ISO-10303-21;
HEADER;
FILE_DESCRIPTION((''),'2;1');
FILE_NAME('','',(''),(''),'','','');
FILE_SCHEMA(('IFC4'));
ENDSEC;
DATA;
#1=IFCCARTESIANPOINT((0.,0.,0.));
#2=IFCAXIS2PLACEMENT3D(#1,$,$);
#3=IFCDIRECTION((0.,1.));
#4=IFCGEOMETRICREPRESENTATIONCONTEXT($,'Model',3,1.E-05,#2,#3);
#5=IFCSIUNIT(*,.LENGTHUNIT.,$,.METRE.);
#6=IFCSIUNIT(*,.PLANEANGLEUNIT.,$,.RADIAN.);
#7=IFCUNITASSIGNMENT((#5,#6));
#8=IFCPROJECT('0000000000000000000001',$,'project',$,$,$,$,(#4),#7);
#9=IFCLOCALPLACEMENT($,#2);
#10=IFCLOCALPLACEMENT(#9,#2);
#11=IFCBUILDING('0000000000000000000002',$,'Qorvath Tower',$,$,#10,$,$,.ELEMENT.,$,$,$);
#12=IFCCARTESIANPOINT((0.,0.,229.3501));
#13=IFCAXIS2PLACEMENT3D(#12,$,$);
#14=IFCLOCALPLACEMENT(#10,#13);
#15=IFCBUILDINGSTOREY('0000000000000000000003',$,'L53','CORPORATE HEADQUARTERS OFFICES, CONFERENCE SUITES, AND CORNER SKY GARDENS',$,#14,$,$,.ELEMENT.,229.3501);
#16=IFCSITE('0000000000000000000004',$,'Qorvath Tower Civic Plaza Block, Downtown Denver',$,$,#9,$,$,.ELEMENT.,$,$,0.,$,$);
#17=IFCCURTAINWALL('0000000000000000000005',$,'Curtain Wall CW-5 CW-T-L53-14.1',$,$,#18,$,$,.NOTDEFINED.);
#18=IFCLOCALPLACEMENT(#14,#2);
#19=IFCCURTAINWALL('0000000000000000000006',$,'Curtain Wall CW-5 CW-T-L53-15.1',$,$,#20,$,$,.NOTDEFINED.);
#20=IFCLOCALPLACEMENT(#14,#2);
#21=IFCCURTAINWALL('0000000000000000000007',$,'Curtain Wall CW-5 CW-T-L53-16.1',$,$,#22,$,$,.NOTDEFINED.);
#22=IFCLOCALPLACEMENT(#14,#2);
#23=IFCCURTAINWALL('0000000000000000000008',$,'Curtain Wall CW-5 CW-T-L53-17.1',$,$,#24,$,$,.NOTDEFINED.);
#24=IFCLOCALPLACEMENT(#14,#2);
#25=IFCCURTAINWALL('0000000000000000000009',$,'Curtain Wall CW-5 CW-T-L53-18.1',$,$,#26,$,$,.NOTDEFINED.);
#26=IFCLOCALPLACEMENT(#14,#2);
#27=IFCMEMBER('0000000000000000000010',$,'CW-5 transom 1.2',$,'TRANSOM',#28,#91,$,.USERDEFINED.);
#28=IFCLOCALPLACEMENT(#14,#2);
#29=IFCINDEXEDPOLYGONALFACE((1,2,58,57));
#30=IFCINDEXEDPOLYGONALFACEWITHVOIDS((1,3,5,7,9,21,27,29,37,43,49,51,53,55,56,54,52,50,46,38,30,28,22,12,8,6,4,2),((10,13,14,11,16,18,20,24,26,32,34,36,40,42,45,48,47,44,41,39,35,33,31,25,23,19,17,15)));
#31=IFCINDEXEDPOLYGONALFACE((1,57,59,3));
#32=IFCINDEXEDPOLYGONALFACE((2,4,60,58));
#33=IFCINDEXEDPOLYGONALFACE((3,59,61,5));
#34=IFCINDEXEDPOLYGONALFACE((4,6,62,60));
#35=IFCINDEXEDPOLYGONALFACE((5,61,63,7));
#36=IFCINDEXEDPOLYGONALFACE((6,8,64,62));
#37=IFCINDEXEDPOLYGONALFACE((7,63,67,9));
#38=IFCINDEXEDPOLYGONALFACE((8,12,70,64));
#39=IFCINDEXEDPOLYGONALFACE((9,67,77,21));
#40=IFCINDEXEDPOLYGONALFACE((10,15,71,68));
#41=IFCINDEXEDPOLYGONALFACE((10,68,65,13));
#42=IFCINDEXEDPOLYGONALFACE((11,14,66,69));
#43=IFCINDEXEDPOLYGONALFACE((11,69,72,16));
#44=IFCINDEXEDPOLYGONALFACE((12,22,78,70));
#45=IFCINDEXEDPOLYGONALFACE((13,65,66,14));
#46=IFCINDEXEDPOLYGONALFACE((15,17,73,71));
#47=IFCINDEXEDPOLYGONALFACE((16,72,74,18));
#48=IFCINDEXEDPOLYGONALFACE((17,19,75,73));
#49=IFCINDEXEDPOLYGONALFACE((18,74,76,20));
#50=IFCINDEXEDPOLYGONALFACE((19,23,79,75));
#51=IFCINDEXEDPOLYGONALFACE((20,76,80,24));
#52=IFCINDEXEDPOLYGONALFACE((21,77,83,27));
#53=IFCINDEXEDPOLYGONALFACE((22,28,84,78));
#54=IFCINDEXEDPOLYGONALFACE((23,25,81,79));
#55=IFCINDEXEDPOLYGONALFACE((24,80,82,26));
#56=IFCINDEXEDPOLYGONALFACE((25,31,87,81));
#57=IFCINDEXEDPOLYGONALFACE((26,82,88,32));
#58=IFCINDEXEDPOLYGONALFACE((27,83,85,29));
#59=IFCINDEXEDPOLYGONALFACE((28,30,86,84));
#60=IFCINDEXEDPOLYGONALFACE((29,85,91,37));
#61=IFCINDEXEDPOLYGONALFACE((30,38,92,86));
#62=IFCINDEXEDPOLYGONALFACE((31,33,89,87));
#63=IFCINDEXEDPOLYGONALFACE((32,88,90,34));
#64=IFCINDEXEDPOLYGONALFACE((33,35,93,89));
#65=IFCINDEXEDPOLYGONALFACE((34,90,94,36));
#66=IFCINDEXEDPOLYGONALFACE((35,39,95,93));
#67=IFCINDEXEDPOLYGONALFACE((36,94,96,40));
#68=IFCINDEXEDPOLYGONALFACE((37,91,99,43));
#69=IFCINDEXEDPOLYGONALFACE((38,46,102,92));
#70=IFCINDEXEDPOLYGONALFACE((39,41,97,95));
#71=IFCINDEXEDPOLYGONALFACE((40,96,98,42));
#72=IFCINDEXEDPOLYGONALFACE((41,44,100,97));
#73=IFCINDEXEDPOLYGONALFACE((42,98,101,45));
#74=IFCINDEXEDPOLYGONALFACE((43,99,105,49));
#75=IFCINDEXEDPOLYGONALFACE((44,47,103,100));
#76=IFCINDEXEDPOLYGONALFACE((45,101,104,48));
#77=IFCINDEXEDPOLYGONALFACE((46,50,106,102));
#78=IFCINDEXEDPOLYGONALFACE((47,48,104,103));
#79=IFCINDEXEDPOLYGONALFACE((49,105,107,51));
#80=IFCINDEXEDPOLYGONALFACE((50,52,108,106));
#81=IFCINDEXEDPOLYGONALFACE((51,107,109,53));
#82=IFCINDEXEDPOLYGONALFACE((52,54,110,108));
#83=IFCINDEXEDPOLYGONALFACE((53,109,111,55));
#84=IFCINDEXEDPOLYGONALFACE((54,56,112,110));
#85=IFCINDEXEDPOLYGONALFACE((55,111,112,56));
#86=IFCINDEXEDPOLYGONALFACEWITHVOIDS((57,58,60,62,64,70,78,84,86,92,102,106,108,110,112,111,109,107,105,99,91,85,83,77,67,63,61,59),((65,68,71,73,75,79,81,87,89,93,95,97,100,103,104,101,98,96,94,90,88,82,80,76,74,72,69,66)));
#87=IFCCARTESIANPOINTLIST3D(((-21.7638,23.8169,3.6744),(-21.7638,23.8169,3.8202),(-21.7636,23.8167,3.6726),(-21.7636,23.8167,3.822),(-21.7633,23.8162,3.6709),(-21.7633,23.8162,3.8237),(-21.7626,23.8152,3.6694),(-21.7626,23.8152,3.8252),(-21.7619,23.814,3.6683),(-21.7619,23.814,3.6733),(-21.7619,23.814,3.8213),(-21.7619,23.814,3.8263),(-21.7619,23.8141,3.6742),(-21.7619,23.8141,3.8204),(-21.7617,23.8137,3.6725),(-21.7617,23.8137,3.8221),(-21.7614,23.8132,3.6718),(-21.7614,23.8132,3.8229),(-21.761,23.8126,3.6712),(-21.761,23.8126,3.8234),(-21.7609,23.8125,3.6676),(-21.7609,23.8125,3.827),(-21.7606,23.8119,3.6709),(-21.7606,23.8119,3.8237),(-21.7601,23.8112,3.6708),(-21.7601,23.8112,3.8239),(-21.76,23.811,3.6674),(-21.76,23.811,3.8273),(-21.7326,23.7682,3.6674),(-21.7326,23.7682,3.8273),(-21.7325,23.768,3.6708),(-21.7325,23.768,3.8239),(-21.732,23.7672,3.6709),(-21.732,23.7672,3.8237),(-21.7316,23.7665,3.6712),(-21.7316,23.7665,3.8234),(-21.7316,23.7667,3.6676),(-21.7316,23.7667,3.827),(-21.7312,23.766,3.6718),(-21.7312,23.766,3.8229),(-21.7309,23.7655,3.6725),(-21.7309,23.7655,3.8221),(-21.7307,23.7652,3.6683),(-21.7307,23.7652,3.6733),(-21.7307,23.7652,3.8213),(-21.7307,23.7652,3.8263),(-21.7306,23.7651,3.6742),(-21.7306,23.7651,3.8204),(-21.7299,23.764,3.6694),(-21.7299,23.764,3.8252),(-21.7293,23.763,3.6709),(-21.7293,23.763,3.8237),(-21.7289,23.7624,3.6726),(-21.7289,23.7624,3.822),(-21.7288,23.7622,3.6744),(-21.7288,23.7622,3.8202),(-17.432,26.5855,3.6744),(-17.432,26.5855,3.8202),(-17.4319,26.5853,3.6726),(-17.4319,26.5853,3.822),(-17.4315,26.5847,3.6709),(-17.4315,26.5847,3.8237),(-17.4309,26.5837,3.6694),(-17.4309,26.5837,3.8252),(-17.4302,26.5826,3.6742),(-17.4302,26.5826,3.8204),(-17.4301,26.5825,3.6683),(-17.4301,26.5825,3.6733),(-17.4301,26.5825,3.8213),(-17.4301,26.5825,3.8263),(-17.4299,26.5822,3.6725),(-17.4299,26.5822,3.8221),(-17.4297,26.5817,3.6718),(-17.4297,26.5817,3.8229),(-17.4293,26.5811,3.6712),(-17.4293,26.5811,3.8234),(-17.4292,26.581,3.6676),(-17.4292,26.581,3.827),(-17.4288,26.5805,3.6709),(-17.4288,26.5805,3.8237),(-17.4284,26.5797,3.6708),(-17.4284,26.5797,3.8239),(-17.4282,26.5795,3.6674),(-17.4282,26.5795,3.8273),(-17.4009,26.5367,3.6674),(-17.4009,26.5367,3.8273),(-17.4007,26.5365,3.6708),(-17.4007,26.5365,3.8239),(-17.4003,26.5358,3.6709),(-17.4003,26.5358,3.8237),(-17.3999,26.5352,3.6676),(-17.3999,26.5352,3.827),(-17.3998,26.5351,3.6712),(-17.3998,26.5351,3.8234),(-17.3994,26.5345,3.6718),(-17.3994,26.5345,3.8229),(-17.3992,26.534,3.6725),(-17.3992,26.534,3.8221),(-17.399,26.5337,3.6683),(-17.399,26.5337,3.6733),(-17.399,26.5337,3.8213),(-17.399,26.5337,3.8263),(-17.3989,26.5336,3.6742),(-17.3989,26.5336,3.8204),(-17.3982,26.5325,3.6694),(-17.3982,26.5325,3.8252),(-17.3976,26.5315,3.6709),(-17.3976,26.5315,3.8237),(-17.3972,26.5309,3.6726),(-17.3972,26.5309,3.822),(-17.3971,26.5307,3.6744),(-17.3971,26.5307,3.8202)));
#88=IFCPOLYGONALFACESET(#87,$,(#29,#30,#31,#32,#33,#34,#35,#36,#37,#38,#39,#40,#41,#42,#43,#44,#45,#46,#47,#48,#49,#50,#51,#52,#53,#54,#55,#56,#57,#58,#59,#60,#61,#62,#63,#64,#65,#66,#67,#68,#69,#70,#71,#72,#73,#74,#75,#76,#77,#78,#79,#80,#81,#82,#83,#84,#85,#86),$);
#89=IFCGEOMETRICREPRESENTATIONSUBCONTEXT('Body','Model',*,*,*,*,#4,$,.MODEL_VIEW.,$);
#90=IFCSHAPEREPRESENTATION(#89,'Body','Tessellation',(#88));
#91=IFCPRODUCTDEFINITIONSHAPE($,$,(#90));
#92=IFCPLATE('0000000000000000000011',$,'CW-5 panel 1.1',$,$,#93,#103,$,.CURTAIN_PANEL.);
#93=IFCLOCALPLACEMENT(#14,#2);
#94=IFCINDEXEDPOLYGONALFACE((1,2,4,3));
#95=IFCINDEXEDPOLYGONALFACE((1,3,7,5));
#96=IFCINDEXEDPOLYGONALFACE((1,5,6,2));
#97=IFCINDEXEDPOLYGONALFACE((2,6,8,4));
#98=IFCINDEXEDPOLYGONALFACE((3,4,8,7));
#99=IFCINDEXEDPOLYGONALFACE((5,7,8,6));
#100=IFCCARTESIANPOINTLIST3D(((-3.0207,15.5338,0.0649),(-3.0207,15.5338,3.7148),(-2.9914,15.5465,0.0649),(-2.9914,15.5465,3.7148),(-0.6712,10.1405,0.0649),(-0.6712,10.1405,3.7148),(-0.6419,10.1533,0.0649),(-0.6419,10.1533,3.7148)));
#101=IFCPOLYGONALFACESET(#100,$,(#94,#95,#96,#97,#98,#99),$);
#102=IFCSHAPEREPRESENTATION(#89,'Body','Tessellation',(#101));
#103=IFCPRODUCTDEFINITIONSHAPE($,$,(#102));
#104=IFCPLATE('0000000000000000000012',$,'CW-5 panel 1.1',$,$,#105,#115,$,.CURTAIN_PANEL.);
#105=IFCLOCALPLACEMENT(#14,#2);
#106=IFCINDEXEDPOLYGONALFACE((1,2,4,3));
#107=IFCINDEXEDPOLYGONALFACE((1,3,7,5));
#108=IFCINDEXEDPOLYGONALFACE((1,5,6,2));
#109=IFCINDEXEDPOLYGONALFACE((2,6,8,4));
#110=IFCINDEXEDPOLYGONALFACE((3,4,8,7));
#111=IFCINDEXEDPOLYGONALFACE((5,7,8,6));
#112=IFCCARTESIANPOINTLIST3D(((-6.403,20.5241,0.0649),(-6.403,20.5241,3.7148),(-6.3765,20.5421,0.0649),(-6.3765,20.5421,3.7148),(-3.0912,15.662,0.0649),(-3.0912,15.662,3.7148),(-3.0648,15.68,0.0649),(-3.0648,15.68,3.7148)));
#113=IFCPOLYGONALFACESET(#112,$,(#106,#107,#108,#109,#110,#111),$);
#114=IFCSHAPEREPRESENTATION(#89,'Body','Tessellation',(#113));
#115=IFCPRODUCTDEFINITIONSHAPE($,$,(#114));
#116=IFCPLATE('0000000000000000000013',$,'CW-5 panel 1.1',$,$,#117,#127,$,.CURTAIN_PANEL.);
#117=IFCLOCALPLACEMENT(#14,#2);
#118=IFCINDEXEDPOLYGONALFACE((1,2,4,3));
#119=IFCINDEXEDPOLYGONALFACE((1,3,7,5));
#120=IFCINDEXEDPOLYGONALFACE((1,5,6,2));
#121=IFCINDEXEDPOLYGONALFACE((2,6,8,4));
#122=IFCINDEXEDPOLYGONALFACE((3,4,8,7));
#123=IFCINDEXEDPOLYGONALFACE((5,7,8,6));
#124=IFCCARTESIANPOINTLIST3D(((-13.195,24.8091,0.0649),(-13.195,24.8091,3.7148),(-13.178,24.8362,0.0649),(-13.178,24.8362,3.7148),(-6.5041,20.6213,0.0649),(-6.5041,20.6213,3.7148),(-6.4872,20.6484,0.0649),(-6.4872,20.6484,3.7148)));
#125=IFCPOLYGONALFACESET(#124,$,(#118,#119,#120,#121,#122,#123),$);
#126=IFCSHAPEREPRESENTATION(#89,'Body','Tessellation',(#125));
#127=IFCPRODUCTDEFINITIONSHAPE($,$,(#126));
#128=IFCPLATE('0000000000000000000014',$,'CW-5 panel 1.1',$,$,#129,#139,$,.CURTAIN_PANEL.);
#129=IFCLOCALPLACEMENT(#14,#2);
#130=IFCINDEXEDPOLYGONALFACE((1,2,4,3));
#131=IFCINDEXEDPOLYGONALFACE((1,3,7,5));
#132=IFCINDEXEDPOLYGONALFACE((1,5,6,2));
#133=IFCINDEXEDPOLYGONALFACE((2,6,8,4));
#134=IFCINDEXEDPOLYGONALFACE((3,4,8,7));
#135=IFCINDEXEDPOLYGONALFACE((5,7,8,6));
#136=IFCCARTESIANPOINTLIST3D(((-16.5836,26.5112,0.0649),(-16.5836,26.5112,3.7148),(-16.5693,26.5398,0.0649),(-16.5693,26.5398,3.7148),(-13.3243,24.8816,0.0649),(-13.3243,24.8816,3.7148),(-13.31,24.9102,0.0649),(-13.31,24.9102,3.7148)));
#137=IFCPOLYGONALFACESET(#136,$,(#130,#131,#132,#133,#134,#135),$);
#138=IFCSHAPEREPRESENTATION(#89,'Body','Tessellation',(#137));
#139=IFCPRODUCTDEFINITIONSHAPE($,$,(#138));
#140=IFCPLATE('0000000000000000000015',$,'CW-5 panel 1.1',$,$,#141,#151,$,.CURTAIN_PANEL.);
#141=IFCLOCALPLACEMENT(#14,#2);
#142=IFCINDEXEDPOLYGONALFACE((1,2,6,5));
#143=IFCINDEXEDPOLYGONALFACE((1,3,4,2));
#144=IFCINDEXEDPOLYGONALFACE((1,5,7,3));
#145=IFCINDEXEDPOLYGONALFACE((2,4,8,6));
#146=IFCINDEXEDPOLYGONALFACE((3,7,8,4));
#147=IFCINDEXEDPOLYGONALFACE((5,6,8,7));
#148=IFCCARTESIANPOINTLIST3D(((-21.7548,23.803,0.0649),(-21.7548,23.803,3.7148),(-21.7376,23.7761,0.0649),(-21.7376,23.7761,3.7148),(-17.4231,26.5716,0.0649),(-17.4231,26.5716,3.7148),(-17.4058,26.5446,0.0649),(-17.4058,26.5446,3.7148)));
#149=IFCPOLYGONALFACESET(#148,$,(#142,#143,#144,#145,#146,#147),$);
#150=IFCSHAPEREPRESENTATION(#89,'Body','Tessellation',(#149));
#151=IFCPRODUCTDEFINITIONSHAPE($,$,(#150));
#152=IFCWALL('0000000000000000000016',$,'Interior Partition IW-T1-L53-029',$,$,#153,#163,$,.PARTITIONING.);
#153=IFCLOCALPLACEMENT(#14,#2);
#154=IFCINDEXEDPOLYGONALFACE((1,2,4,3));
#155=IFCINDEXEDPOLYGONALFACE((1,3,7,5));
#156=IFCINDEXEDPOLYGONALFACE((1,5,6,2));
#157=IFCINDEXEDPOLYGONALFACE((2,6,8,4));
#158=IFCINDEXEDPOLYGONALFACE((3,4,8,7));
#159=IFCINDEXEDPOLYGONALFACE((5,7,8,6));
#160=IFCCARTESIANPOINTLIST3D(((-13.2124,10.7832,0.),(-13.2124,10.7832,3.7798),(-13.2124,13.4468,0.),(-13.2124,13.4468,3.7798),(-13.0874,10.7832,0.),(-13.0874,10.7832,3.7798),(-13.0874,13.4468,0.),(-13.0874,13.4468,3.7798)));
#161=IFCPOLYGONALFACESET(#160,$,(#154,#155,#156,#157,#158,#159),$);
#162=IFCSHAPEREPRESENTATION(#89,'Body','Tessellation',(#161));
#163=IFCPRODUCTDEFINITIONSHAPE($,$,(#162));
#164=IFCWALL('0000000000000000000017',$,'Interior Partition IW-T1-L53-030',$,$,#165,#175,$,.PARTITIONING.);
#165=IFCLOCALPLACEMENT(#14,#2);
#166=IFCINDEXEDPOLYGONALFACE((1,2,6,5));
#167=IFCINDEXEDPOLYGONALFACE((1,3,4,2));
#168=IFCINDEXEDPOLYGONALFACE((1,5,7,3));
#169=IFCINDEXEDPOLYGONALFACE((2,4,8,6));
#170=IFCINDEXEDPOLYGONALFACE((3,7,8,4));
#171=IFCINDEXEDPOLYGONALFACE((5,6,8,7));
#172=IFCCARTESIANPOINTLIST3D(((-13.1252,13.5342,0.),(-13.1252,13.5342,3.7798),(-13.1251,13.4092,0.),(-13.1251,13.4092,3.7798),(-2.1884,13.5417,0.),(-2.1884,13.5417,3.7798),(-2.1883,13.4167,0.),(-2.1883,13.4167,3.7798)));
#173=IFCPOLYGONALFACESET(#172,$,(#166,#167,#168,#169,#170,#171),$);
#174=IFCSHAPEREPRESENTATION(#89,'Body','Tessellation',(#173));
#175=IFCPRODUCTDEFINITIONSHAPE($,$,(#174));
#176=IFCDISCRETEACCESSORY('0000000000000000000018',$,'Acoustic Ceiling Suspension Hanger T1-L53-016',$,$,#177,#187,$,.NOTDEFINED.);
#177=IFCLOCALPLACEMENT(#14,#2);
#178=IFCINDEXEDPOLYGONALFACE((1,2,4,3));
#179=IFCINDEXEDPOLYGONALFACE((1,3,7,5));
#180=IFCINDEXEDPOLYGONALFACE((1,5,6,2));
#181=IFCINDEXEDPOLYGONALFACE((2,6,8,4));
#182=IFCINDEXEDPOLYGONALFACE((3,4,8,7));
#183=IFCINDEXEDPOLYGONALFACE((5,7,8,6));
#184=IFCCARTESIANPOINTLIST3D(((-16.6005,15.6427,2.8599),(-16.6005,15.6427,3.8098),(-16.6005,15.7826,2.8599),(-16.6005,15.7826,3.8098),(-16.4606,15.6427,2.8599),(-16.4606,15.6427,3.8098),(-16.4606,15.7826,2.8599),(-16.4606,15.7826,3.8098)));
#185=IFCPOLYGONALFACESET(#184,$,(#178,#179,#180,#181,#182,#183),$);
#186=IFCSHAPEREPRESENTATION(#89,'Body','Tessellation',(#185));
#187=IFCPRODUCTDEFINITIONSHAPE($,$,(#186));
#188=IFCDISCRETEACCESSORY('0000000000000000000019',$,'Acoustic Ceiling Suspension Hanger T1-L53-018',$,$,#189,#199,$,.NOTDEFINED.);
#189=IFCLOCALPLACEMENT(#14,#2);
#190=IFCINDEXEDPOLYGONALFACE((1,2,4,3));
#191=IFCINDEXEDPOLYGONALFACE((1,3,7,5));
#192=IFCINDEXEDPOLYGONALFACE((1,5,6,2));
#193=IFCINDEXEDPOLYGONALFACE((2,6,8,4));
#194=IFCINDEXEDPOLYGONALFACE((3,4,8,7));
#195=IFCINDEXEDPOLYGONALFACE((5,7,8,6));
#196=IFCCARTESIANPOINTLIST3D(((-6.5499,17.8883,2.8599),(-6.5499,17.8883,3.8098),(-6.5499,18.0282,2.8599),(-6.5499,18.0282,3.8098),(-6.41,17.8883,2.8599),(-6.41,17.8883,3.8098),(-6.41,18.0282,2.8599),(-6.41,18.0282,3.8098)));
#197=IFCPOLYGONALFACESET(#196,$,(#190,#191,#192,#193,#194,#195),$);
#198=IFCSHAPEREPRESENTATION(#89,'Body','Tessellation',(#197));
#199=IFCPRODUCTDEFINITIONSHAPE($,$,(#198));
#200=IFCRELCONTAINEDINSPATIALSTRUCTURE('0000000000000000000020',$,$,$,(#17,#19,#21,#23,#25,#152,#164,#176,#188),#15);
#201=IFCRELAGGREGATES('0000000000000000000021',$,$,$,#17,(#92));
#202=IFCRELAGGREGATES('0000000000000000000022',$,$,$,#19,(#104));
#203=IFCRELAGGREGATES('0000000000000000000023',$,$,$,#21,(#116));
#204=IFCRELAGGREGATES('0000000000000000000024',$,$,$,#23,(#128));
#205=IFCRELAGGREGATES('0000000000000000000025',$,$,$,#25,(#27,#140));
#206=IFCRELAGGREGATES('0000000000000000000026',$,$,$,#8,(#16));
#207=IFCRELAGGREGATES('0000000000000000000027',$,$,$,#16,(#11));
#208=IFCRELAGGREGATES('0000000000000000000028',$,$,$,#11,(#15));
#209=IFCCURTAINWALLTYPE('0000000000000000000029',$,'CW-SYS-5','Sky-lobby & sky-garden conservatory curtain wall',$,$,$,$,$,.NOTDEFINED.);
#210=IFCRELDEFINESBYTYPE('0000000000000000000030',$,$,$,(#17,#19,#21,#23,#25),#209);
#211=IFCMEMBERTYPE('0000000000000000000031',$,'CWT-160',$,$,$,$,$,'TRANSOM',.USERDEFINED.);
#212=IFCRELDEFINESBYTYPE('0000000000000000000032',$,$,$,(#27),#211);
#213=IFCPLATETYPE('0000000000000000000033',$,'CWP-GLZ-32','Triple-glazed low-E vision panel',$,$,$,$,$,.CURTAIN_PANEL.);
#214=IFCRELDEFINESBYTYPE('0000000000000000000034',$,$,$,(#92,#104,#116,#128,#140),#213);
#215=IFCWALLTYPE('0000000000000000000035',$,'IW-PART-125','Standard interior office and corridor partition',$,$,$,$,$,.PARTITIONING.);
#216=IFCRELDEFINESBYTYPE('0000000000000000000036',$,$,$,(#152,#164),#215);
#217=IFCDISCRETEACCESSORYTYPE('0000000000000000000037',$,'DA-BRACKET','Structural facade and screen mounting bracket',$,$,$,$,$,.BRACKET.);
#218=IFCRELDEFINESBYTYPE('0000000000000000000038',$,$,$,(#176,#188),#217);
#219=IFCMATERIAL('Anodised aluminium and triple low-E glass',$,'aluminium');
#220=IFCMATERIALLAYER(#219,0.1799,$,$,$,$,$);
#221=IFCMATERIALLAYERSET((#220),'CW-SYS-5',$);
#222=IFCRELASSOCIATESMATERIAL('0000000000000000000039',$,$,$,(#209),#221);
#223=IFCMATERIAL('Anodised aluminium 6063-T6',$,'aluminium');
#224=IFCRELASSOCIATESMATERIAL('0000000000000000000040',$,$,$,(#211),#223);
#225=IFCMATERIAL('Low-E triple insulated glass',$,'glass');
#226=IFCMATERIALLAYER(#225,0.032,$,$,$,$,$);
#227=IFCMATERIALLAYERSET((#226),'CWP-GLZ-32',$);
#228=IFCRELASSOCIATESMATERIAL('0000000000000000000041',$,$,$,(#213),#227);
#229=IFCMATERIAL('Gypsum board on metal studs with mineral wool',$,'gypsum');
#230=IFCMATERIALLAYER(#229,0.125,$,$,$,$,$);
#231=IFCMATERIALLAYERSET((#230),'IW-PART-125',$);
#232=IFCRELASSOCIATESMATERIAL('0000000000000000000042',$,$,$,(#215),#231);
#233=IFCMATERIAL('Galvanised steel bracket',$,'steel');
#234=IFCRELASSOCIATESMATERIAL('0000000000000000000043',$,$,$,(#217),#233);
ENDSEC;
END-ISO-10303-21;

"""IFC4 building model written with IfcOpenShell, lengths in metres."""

from ifc_helpers import new_model, si_unit, direction, frame, frame_2d, origin, origin_2d, place, context, subcontext, project, spatial, rectangle, hollow_rectangle, extrude, material, layer, layer_set, material_profile, profile_set, type_object, element, aggregate, save


model = new_model("IFC4")

# Units and contexts
model_context = context("Model", 3, precision=1e-05, world=origin(), true_north=direction((0.0, 1.0)))
body_context = subcontext(model_context, "Body", "Model", "MODEL_VIEW")
ifc_project = project(units=[si_unit("LENGTHUNIT", "METRE"), si_unit("PLANEANGLEUNIT", "RADIAN")], contexts=[model_context])

# Site, building, storey
site_placement = place(None, origin())
site = spatial("IfcSite", under=ifc_project, at=site_placement, Name="Qorvath Tower Civic Plaza Block, Downtown Denver", CompositionType="ELEMENT", RefElevation=0.0)
building_placement = place(site_placement, origin())
building = spatial("IfcBuilding", under=site, at=building_placement, Name="Qorvath Tower", CompositionType="ELEMENT")
storey_placement = place(building_placement, frame((0.0, 0.0, 229.3501)))
storey = spatial("IfcBuildingStorey", under=building, at=storey_placement, Name="L53", Description="CORPORATE HEADQUARTERS OFFICES, CONFERENCE SUITES, AND CORNER SKY GARDENS", CompositionType="ELEMENT", Elevation=229.3501)

# Curtain wall
ifc_material_1 = material(Name="Anodised aluminium and triple low-E glass", Category="aluminium")
ifc_layer_1 = layer(ifc_material_1, 0.1799)
ifc_layer_set_1 = layer_set([ifc_layer_1], Name="CW-SYS-5")
curtain_wall_type = type_object("IfcCurtainWallType", Name="CW-SYS-5", Description="Sky-lobby & sky-garden conservatory curtain wall", PredefinedType="NOTDEFINED", material=ifc_layer_set_1)
curtain_wall_1_placement = place(storey_placement, origin())
curtain_wall_1 = element("IfcCurtainWall", 1, at=curtain_wall_1_placement, inside=storey, type_object=curtain_wall_type, Name="Curtain Wall CW-5 CW-T-L53-14.1", PredefinedType="NOTDEFINED")

# Curtain walls
curtain_wall_2_placement = place(storey_placement, origin())
curtain_wall_2 = element("IfcCurtainWall", 2, at=curtain_wall_2_placement, inside=storey, type_object=curtain_wall_type, Name="Curtain Wall CW-5 CW-T-L53-15.1", PredefinedType="NOTDEFINED")
curtain_wall_3_placement = place(storey_placement, origin())
curtain_wall_3 = element("IfcCurtainWall", 3, at=curtain_wall_3_placement, inside=storey, type_object=curtain_wall_type, Name="Curtain Wall CW-5 CW-T-L53-16.1", PredefinedType="NOTDEFINED")
curtain_wall_4_placement = place(storey_placement, origin())
curtain_wall_4 = element("IfcCurtainWall", 4, at=curtain_wall_4_placement, inside=storey, type_object=curtain_wall_type, Name="Curtain Wall CW-5 CW-T-L53-17.1", PredefinedType="NOTDEFINED")

# Curtain wall
curtain_wall_5_placement = place(storey_placement, origin())
curtain_wall_5 = element("IfcCurtainWall", 5, at=curtain_wall_5_placement, inside=storey, type_object=curtain_wall_type, Name="Curtain Wall CW-5 CW-T-L53-18.1", PredefinedType="NOTDEFINED")

# Member
ifc_material_2 = material(Name="Anodised aluminium 6063-T6", Category="aluminium")
ifc_material_profile_1 = material_profile(ifc_material_2, hollow_rectangle(XDim=0.0649, YDim=0.1599, WallThickness=0.0034, InnerFilletRadius=0.0034, OuterFilletRadius=0.0071, at=origin_2d()), Name="CWT 160x65")
ifc_profile_set_1 = profile_set([ifc_material_profile_1], Name="Anodised aluminium 6063-T6")
member_type_1 = type_object("IfcMemberType", Name="CWT-160", ElementType="TRANSOM", PredefinedType="USERDEFINED", material=ifc_profile_set_1)
member_1_placement = place(storey_placement, frame((-17.4146, 26.5581, 3.7473), z_axis=(-0.842606, -0.538531, 0.0), x_axis=(0.538531, -0.842606, 0.0)))
member_1 = element("IfcMember", 6, at=member_1_placement, type_object=member_type_1, Name="CW-5 transom 1.2", ObjectType="TRANSOM", PredefinedType="USERDEFINED", context=body_context, shape_type="SweptSolid", body=[
    extrude(hollow_rectangle(XDim=0.0649, YDim=0.1599, WallThickness=0.0034, InnerFilletRadius=0.0034, OuterFilletRadius=0.0071, at=origin_2d()), origin(), (0.0, 0.0, 1.0), 5.1409),
])

# Plates
ifc_material_3 = material(Name="Low-E triple insulated glass", Category="glass")
ifc_layer_2 = layer(ifc_material_3, 0.032)
ifc_layer_set_2 = layer_set([ifc_layer_2], Name="CWP-GLZ-32")
plate_type = type_object("IfcPlateType", Name="CWP-GLZ-32", Description="Triple-glazed low-E vision panel", PredefinedType="CURTAIN_PANEL", material=ifc_layer_set_2)
plate_1_placement = place(storey_placement, frame((-1.8313, 12.8435, 0.0649), z_axis=(0.0, 0.0, 1.0), x_axis=(-0.399382, 0.916785, 0.0)))
plate_1 = element("IfcPlate", 7, at=plate_1_placement, type_object=plate_type, Name="CW-5 panel 1.1", PredefinedType="CURTAIN_PANEL", context=body_context, shape_type="SweptSolid", body=[
    extrude(rectangle(XDim=5.8828, YDim=0.032, at=origin_2d()), origin(), (0.0, 0.0, 1.0), 3.6499),
])
aggregate(curtain_wall_1, [plate_1])
plate_2_placement = place(storey_placement, frame((-4.7339, 18.1021, 0.0649), z_axis=(0.0, 0.0, 1.0), x_axis=(-0.56295, 0.826491, 0.0)))
plate_2 = element("IfcPlate", 8, at=plate_2_placement, type_object=plate_type, Name="CW-5 panel 1.1", PredefinedType="CURTAIN_PANEL", context=body_context, shape_type="SweptSolid", body=[
    extrude(rectangle(XDim=5.8828, YDim=0.032, at=origin_2d()), origin(), (0.0, 0.0, 1.0), 3.6499),
])
aggregate(curtain_wall_2, [plate_2])
plate_3_placement = place(storey_placement, frame((-9.8411, 22.7288, 0.0649), z_axis=(0.0, 0.0, 1.0), x_axis=(-0.847657, 0.530545, 0.0)))
plate_3 = element("IfcPlate", 9, at=plate_3_placement, type_object=plate_type, Name="CW-5 panel 1.1", PredefinedType="CURTAIN_PANEL", context=body_context, shape_type="SweptSolid", body=[
    extrude(rectangle(XDim=7.8933, YDim=0.032, at=origin_2d()), origin(), (0.0, 0.0, 1.0), 3.6499),
])
aggregate(curtain_wall_3, [plate_3])
plate_4_placement = place(storey_placement, frame((-14.9468, 25.7107, 0.0649), z_axis=(0.0, 0.0, 1.0), x_axis=(-0.894427, 0.447214, 0.0)))
plate_4 = element("IfcPlate", 10, at=plate_4_placement, type_object=plate_type, Name="CW-5 panel 1.1", PredefinedType="CURTAIN_PANEL", context=body_context, shape_type="SweptSolid", body=[
    extrude(rectangle(XDim=3.644, YDim=0.032, at=origin_2d()), origin(), (0.0, 0.0, 1.0), 3.6499),
])
aggregate(curtain_wall_4, [plate_4])
plate_5_placement = place(storey_placement, frame((-19.5803, 25.1738, 0.0649), z_axis=(0.0, 0.0, 1.0), x_axis=(-0.842606, -0.538531, 0.0)))
plate_5 = element("IfcPlate", 11, at=plate_5_placement, type_object=plate_type, Name="CW-5 panel 1.1", PredefinedType="CURTAIN_PANEL", context=body_context, shape_type="SweptSolid", body=[
    extrude(rectangle(XDim=5.1409, YDim=0.032, at=origin_2d()), origin(), (0.0, 0.0, 1.0), 3.6499),
])
aggregate(curtain_wall_5, [member_1, plate_5])

# Walls
ifc_material_4 = material(Name="Gypsum board on metal studs with mineral wool", Category="gypsum")
ifc_layer_3 = layer(ifc_material_4, 0.125)
ifc_layer_set_3 = layer_set([ifc_layer_3], Name="IW-PART-125")
wall_type = type_object("IfcWallType", Name="IW-PART-125", Description="Standard interior office and corridor partition", PredefinedType="PARTITIONING", material=ifc_layer_set_3)
wall_1_placement = place(storey_placement, frame((-13.1499, 13.4468, 0.0), z_axis=(0.0, 0.0, 1.0), x_axis=(0.0, -1.0, 0.0)))
element("IfcWall", 12, at=wall_1_placement, inside=storey, type_object=wall_type, Name="Interior Partition IW-T1-L53-029", PredefinedType="PARTITIONING", context=body_context, shape_type="SweptSolid", body=[
    extrude(rectangle(XDim=2.6636, YDim=0.125, at=frame_2d((1.3318, 0.0))), origin(), (0.0, 0.0, 1.0), 3.7798),
])
wall_2_placement = place(storey_placement, frame((-13.125, 13.4717, 0.0), z_axis=(0.0, 0.0, 1.0), x_axis=(1.0, 0.000692, 0.0)))
element("IfcWall", 13, at=wall_2_placement, inside=storey, type_object=wall_type, Name="Interior Partition IW-T1-L53-030", PredefinedType="PARTITIONING", context=body_context, shape_type="SweptSolid", body=[
    extrude(rectangle(XDim=10.9368, YDim=0.125, at=frame_2d((5.4683, 0.0))), origin(), (0.0, 0.0, 1.0), 3.7798),
])

# Discrete accessories
ifc_material_5 = material(Name="Galvanised steel bracket", Category="steel")
discrete_accessory_type = type_object("IfcDiscreteAccessoryType", Name="DA-BRACKET", Description="Structural facade and screen mounting bracket", PredefinedType="BRACKET", material=ifc_material_5)
for number, where, z_axis, x_axis, name in (
    (14, (-16.5305, 15.7126, 2.8599), (0.0, 0.0, 1.0), (1.0, 0.0, 0.0), "Acoustic Ceiling Suspension Hanger T1-L53-016"),
    (15, (-6.48, 17.9583, 2.8599), (0.0, 0.0, 1.0), (1.0, 0.0, 0.0), "Acoustic Ceiling Suspension Hanger T1-L53-018"),
):
    element("IfcDiscreteAccessory", number, at=place(storey_placement, frame(where, z_axis=z_axis, x_axis=x_axis)), inside=storey, type_object=discrete_accessory_type, Name=name, PredefinedType="NOTDEFINED", context=body_context, shape_type="SweptSolid", body=[
        extrude(rectangle(XDim=0.1399, YDim=0.1399, at=origin_2d()), origin(), (0.0, 0.0, 1.0), 0.95),
    ])

save(model, "model.ifc")
